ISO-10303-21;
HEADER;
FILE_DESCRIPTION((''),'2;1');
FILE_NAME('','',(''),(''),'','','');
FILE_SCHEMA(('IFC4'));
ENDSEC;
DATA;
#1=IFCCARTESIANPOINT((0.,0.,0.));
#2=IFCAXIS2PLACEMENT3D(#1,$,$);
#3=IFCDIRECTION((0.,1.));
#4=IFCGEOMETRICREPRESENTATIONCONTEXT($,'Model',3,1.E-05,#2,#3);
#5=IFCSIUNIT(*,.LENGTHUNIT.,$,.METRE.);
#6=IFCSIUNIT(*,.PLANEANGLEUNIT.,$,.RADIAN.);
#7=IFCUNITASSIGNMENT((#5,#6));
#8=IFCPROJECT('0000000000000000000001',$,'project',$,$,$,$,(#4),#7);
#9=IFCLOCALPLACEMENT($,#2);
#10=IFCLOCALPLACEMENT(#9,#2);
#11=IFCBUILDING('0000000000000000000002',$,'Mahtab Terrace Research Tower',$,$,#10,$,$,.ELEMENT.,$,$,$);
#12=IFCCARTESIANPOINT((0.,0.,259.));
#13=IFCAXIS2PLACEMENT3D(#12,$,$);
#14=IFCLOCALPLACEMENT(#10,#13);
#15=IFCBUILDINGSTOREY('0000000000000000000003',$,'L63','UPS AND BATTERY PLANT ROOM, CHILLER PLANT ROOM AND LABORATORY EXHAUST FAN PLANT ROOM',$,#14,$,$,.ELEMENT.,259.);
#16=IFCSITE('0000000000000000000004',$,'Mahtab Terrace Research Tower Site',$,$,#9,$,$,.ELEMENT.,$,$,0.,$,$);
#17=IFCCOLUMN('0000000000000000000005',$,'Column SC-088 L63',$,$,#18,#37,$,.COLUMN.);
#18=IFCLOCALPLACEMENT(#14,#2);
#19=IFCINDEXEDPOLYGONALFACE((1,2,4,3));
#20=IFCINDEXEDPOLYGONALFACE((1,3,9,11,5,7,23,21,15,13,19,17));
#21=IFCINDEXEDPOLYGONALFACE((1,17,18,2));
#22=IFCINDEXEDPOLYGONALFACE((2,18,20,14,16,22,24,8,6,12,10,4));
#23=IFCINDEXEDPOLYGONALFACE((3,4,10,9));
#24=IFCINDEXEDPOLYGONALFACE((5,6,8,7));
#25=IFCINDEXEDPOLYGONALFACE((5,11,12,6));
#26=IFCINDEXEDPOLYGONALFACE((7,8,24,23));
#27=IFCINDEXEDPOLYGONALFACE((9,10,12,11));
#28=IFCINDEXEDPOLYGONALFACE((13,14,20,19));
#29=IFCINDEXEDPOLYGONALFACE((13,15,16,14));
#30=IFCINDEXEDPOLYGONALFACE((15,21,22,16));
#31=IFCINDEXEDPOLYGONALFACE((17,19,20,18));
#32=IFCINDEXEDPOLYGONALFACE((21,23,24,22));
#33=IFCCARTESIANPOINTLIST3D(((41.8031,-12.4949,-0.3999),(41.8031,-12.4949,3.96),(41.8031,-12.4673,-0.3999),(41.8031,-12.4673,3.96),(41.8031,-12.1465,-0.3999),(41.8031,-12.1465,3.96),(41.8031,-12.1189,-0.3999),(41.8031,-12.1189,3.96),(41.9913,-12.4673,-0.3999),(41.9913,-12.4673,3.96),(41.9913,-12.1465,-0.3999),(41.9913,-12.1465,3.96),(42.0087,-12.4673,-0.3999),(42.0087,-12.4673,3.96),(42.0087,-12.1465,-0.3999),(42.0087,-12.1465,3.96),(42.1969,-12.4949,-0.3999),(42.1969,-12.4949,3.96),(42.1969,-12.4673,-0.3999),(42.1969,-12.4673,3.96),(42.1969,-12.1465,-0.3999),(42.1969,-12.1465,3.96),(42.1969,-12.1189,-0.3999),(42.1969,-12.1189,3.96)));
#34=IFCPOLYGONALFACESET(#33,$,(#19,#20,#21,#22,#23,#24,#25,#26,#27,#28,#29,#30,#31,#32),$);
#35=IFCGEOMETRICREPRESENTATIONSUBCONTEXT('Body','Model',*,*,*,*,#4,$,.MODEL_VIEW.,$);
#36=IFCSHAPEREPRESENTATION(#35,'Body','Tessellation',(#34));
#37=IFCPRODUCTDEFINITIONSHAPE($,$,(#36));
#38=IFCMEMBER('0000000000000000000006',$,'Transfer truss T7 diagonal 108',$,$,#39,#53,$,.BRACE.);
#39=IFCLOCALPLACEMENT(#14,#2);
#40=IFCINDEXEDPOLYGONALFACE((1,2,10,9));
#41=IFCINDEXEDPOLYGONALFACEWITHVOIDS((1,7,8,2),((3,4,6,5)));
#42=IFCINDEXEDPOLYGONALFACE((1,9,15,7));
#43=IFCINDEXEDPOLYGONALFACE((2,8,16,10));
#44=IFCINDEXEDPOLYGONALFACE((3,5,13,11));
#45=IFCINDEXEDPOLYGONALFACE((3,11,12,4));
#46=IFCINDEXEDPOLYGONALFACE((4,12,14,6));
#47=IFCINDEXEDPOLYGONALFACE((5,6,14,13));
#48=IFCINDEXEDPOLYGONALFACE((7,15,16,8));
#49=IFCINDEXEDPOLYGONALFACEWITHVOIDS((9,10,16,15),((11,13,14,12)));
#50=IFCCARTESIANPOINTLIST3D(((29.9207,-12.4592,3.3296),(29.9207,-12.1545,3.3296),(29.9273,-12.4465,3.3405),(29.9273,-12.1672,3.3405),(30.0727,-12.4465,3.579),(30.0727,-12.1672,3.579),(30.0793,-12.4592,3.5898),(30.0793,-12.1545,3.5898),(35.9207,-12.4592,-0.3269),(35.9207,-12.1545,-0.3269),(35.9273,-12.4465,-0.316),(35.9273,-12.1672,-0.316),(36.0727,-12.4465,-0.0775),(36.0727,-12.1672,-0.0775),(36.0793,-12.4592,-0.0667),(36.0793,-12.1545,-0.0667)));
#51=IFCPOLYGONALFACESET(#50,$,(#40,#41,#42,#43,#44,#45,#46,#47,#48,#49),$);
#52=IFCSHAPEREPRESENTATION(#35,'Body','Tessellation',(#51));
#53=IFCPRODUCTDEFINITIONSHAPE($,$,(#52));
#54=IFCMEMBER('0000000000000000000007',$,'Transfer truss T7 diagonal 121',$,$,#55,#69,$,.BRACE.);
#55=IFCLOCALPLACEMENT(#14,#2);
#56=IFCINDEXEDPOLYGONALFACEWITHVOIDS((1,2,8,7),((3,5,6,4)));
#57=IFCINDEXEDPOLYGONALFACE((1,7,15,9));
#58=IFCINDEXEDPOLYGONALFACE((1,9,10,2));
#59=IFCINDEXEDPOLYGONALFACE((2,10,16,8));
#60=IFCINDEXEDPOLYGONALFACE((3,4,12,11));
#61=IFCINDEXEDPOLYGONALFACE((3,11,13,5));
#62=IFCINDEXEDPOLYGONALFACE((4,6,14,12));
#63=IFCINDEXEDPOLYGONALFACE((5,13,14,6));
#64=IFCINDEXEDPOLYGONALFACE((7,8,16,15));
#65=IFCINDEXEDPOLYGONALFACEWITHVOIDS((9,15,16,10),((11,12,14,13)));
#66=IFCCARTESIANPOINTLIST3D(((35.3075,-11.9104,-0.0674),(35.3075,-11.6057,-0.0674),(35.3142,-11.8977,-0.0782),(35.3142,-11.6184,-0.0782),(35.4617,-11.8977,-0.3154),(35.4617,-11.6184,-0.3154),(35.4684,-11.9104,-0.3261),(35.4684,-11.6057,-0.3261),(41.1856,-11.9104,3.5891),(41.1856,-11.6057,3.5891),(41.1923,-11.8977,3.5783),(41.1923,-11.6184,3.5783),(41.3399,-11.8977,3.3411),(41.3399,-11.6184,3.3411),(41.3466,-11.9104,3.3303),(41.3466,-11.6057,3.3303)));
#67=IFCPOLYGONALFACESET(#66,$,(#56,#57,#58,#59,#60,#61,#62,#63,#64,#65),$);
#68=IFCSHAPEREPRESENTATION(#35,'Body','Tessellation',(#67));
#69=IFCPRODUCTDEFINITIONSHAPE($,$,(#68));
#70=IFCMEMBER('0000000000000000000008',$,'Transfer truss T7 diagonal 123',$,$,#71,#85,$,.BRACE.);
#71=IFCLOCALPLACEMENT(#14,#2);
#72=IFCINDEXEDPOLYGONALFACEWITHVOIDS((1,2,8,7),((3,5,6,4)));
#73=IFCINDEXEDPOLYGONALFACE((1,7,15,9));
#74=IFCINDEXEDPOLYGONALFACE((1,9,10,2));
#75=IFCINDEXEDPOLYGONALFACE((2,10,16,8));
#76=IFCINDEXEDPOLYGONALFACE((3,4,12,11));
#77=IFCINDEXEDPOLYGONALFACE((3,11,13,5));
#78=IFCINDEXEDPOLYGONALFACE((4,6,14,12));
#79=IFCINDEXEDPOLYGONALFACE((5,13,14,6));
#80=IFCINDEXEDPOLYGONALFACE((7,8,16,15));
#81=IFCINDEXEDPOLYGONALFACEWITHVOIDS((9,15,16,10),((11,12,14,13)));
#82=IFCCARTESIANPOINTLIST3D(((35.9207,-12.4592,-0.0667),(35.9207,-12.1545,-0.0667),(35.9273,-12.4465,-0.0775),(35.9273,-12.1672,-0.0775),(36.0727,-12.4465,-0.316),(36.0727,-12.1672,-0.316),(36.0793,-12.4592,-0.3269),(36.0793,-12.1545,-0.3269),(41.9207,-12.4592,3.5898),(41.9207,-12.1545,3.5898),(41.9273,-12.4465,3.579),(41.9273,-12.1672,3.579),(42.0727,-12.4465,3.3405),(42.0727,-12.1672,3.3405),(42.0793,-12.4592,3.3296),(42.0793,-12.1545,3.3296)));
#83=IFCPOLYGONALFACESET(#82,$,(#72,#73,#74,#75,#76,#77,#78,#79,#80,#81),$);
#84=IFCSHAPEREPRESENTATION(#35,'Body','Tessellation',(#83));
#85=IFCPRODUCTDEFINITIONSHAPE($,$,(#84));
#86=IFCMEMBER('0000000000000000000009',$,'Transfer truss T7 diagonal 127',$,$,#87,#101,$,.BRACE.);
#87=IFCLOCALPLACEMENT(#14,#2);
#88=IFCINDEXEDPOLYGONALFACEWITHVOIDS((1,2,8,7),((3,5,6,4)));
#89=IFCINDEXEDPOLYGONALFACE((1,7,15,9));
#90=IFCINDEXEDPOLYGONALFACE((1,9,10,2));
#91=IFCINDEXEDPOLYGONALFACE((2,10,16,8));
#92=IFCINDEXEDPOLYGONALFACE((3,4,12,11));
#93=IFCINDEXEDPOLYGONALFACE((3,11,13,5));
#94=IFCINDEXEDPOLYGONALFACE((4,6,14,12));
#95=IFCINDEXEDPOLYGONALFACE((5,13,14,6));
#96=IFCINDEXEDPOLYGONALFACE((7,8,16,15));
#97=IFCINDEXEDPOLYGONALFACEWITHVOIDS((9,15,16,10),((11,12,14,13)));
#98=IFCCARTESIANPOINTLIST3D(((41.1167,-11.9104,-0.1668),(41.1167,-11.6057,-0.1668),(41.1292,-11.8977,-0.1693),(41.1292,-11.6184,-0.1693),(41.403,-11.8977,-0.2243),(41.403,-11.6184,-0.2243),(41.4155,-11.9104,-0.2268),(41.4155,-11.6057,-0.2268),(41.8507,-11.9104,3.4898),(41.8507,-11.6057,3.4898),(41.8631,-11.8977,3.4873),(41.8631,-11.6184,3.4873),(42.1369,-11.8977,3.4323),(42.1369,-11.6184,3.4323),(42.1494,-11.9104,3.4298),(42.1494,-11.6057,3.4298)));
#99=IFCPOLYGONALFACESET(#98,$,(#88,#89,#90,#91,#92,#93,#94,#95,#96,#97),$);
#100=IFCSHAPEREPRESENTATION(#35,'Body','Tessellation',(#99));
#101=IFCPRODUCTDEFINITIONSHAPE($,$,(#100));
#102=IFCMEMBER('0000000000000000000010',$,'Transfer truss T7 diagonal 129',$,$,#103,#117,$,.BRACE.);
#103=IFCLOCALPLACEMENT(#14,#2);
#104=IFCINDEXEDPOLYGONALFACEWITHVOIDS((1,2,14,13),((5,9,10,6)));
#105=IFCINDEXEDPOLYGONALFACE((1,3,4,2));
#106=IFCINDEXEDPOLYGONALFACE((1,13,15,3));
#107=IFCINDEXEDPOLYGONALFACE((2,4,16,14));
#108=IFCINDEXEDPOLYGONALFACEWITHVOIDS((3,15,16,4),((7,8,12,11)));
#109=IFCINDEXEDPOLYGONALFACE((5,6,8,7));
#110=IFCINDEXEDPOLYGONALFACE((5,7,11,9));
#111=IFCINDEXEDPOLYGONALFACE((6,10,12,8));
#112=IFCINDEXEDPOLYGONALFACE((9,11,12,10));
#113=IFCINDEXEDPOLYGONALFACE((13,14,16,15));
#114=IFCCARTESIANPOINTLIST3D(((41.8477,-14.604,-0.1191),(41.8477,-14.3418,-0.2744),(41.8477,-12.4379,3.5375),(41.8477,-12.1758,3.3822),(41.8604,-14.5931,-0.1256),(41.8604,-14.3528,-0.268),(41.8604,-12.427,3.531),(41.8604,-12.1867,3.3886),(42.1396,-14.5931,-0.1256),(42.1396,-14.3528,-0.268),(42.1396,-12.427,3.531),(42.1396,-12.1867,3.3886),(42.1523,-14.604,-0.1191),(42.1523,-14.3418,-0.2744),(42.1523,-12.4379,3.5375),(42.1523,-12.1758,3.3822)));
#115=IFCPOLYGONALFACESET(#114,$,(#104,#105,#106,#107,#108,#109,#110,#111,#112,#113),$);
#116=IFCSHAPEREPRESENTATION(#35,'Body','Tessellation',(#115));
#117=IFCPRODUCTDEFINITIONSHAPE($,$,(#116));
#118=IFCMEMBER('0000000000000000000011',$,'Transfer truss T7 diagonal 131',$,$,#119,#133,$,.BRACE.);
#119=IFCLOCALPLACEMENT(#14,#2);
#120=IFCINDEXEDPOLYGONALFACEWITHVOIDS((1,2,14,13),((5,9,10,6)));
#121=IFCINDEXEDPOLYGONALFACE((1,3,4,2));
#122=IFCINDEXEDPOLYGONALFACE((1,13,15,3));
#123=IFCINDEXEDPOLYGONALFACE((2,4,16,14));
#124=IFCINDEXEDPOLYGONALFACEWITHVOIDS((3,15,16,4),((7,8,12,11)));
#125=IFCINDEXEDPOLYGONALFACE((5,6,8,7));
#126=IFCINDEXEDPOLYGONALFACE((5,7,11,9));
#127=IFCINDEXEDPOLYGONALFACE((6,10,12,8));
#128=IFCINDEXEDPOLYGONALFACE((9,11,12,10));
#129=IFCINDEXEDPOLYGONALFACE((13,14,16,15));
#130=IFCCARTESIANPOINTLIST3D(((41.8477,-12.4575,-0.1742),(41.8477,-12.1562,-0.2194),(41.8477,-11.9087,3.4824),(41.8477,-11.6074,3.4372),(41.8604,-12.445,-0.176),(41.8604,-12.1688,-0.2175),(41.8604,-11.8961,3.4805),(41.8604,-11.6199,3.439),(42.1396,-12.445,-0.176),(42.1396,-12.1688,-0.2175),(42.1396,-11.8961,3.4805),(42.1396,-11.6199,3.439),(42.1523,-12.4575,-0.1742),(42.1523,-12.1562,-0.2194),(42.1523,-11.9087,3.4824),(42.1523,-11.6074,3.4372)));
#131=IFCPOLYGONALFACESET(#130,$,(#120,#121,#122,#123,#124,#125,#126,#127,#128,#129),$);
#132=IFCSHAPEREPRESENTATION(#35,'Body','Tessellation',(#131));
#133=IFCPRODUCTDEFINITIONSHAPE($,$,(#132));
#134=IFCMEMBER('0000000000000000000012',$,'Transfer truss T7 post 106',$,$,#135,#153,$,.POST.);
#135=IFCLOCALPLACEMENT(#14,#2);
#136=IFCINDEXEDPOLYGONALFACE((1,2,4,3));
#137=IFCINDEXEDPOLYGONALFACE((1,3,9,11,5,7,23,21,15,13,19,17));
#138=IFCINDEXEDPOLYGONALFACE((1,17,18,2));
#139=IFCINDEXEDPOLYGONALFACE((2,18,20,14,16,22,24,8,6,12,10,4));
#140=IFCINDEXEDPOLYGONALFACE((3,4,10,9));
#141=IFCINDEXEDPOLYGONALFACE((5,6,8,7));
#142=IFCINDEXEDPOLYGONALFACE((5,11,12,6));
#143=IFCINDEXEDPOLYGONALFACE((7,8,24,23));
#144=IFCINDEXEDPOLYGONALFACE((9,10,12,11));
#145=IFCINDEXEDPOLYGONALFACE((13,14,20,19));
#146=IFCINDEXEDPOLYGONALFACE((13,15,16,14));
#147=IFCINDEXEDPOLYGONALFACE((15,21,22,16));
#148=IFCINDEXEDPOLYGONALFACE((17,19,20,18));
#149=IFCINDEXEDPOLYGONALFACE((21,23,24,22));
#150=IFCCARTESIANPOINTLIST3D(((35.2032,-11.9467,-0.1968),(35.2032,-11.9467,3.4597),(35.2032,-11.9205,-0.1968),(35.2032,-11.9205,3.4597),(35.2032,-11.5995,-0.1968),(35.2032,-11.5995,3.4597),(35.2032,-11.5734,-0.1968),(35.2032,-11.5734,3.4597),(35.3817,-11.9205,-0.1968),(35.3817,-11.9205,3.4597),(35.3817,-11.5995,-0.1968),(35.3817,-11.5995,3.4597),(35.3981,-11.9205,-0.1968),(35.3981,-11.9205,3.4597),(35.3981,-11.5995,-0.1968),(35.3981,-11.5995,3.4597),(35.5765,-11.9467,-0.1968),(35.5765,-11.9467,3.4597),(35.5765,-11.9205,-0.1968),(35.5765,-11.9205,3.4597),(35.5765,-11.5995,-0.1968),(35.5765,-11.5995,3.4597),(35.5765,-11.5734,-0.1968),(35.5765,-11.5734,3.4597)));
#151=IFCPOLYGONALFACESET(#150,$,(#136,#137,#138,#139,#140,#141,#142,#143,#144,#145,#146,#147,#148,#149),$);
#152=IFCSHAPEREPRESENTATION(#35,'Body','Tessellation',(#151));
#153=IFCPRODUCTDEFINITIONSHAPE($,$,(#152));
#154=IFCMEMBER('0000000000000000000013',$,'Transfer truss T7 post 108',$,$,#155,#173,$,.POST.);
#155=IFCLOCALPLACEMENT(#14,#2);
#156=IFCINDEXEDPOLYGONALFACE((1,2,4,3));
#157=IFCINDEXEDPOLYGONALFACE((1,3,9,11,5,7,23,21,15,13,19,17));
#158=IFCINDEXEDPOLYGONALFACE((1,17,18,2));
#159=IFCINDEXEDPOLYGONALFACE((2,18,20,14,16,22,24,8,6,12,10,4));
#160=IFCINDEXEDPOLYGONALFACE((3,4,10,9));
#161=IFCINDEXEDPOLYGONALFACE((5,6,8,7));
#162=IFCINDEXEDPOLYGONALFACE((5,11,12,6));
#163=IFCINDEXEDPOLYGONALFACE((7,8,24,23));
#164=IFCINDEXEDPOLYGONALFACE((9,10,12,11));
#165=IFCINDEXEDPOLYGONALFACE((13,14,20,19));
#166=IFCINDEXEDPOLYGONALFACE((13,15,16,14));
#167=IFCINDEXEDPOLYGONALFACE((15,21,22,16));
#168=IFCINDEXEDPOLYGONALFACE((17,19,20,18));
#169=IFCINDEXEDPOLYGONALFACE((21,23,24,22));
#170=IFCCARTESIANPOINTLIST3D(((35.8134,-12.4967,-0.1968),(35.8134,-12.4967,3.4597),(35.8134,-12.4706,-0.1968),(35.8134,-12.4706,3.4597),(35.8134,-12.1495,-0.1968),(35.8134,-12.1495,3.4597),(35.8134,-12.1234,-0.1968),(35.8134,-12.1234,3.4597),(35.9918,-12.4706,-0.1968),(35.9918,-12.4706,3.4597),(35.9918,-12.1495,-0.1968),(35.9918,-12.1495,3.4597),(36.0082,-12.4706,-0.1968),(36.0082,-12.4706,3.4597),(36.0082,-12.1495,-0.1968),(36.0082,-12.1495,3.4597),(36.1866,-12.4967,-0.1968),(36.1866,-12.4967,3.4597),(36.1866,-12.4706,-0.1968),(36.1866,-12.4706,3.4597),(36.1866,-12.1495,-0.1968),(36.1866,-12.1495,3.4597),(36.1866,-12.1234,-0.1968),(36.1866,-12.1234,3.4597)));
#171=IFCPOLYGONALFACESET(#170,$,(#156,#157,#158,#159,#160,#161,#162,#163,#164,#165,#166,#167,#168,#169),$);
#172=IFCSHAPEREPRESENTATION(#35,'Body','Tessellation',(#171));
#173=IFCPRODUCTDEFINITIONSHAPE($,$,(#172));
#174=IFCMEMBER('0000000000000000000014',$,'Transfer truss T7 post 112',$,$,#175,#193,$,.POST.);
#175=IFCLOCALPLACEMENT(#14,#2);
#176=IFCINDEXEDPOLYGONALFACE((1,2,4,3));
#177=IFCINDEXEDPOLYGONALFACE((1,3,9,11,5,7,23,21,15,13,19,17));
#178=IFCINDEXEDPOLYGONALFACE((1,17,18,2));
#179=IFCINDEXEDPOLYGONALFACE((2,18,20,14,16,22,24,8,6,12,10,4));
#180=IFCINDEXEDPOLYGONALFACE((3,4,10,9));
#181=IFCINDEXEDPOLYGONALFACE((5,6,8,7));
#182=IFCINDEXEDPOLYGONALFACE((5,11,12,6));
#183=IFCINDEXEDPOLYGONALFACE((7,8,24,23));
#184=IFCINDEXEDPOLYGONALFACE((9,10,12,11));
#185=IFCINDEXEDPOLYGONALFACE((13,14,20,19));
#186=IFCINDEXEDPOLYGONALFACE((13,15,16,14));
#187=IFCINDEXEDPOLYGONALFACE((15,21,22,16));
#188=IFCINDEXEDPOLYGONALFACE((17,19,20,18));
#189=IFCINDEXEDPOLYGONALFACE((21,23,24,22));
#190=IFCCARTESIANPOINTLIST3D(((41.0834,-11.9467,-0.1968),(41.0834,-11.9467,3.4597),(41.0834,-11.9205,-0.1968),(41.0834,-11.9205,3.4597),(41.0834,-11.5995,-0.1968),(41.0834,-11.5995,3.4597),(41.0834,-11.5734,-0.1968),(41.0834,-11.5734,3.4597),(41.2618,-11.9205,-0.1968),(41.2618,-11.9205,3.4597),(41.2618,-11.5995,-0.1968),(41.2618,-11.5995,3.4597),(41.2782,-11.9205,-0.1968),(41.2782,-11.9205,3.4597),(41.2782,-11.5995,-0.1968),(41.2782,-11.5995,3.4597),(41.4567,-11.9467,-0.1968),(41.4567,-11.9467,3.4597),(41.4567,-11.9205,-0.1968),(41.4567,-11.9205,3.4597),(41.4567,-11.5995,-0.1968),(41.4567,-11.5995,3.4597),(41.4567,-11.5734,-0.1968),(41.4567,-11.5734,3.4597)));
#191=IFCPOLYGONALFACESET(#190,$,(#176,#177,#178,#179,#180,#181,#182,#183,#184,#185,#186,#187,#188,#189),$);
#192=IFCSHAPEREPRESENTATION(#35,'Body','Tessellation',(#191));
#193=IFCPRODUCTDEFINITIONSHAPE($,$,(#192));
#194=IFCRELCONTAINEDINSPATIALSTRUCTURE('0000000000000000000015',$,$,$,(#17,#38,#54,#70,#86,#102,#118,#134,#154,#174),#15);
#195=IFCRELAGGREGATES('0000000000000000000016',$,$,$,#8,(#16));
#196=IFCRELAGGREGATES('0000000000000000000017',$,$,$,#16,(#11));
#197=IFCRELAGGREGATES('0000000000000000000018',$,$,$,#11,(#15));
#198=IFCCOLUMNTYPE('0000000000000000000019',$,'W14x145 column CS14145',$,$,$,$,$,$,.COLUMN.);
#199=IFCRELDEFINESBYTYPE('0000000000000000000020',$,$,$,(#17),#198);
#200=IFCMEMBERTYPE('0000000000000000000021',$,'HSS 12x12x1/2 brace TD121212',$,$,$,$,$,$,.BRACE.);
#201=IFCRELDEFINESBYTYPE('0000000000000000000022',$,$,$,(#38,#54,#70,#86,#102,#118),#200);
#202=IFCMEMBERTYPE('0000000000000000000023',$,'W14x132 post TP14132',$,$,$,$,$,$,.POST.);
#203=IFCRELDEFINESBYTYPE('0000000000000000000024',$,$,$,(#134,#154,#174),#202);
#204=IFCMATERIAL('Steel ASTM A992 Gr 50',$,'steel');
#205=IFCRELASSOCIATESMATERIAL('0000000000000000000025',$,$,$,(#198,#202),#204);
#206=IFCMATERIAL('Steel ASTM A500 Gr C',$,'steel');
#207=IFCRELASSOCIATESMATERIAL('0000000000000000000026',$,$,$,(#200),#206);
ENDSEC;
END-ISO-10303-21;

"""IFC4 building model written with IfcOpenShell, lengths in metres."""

from ifc_helpers import new_model, si_unit, direction, frame, origin, origin_2d, place, context, subcontext, project, spatial, hollow_rectangle, i_section, extrude, material, material_profile, profile_set, type_object, element, save


model = new_model("IFC4")

# Units and contexts
model_context = context("Model", 3, precision=1e-05, world=origin(), true_north=direction((0.0, 1.0)))
body_context = subcontext(model_context, "Body", "Model", "MODEL_VIEW")
ifc_project = project(units=[si_unit("LENGTHUNIT", "METRE"), si_unit("PLANEANGLEUNIT", "RADIAN")], contexts=[model_context])

# Site, building, storey
site_placement = place(None, origin())
site = spatial("IfcSite", under=ifc_project, at=site_placement, Name="Mahtab Terrace Research Tower Site", CompositionType="ELEMENT", RefElevation=0.0)
building_placement = place(site_placement, origin())
building = spatial("IfcBuilding", under=site, at=building_placement, Name="Mahtab Terrace Research Tower", CompositionType="ELEMENT")
storey_placement = place(building_placement, frame((0.0, 0.0, 259.0)))
storey = spatial("IfcBuildingStorey", under=building, at=storey_placement, Name="L63", Description="UPS AND BATTERY PLANT ROOM, CHILLER PLANT ROOM AND LABORATORY EXHAUST FAN PLANT ROOM", CompositionType="ELEMENT", Elevation=259.0)

# Column
ifc_material_1 = material(Name="Steel ASTM A992 Gr 50", Category="steel")
ifc_material_profile_1 = material_profile(ifc_material_1, i_section(OverallWidth=0.3938, OverallDepth=0.376, WebThickness=0.0173, FlangeThickness=0.0276, at=origin_2d()), Name="W14X145")
ifc_profile_set_1 = profile_set([ifc_material_profile_1], Name="Steel ASTM A992 Gr 50")
column_type = type_object("IfcColumnType", Name="W14x145 column CS14145", PredefinedType="COLUMN", material=ifc_profile_set_1)
column_placement = place(storey_placement, frame((42.0, -12.3069, -0.3999), z_axis=(0.0, 0.0, 1.0), x_axis=(1.0, 0.0, 0.0)))
element("IfcColumn", 1, at=column_placement, inside=storey, type_object=column_type, Name="Column SC-088 L63", PredefinedType="COLUMN", context=body_context, shape_type="SweptSolid", body=[
    extrude(i_section(OverallWidth=0.3938, OverallDepth=0.376, WebThickness=0.0173, FlangeThickness=0.0276, at=origin_2d()), origin(), (0.0, 0.0, 1.0), 4.3599),
])

# Members
ifc_material_2 = material(Name="Steel ASTM A500 Gr C", Category="steel")
ifc_material_profile_2 = material_profile(ifc_material_2, hollow_rectangle(XDim=0.3047, YDim=0.3047, WallThickness=0.0127, at=origin_2d()), Name="HSS12X12X1/2")
ifc_profile_set_2 = profile_set([ifc_material_profile_2], Name="Steel ASTM A500 Gr C")
member_type_1 = type_object("IfcMemberType", Name="HSS 12x12x1/2 brace TD121212", PredefinedType="BRACE", material=ifc_profile_set_2)
member_1_placement = place(storey_placement, frame((36.0, -12.3069, -0.1968), z_axis=(-0.853925, 0.0, 0.520396), x_axis=(0.0, -1.0, 0.0)))
element("IfcMember", 2, at=member_1_placement, inside=storey, type_object=member_type_1, Name="Transfer truss T7 diagonal 108", PredefinedType="BRACE", context=body_context, shape_type="SweptSolid", body=[
    extrude(hollow_rectangle(XDim=0.3047, YDim=0.3047, WallThickness=0.0127, at=origin_2d()), origin(), (0.0, 0.0, 1.0), 7.0264),
])
member_2_placement = place(storey_placement, frame((35.3879, -11.7581, -0.1968), z_axis=(0.849124, 0.0, 0.528194), x_axis=(0.0, 1.0, 0.0)))
element("IfcMember", 3, at=member_2_placement, inside=storey, type_object=member_type_1, Name="Transfer truss T7 diagonal 121", PredefinedType="BRACE", context=body_context, shape_type="SweptSolid", body=[
    extrude(hollow_rectangle(XDim=0.3047, YDim=0.3047, WallThickness=0.0127, at=origin_2d()), origin(), (0.0, 0.0, 1.0), 6.9226),
])
member_3_placement = place(storey_placement, frame((36.0, -12.3069, -0.1968), z_axis=(0.853925, 0.0, 0.520396), x_axis=(0.0, 1.0, 0.0)))
element("IfcMember", 4, at=member_3_placement, inside=storey, type_object=member_type_1, Name="Transfer truss T7 diagonal 123", PredefinedType="BRACE", context=body_context, shape_type="SweptSolid", body=[
    extrude(hollow_rectangle(XDim=0.3047, YDim=0.3047, WallThickness=0.0127, at=origin_2d()), origin(), (0.0, 0.0, 1.0), 7.0264),
])
member_4_placement = place(storey_placement, frame((41.2661, -11.7581, -0.1968), z_axis=(0.196783, 0.0, 0.980447), x_axis=(0.0, 1.0, 0.0)))
element("IfcMember", 5, at=member_4_placement, inside=storey, type_object=member_type_1, Name="Transfer truss T7 diagonal 127", PredefinedType="BRACE", context=body_context, shape_type="SweptSolid", body=[
    extrude(hollow_rectangle(XDim=0.3047, YDim=0.3047, WallThickness=0.0127, at=origin_2d()), origin(), (0.0, 0.0, 1.0), 3.7295),
])
member_5_placement = place(storey_placement, frame((42.0, -14.4729, -0.1968), z_axis=(0.0, 0.509664, 0.860374), x_axis=(-1.0, 0.0, 0.0)))
element("IfcMember", 6, at=member_5_placement, inside=storey, type_object=member_type_1, Name="Transfer truss T7 diagonal 129", PredefinedType="BRACE", context=body_context, shape_type="SweptSolid", body=[
    extrude(hollow_rectangle(XDim=0.3047, YDim=0.3047, WallThickness=0.0127, at=origin_2d()), origin(), (0.0, 0.0, 1.0), 4.25),
])
member_6_placement = place(storey_placement, frame((42.0, -12.3069, -0.1968), z_axis=(0.0, 0.148434, 0.988922), x_axis=(-1.0, 0.0, 0.0)))
element("IfcMember", 7, at=member_6_placement, inside=storey, type_object=member_type_1, Name="Transfer truss T7 diagonal 131", PredefinedType="BRACE", context=body_context, shape_type="SweptSolid", body=[
    extrude(hollow_rectangle(XDim=0.3047, YDim=0.3047, WallThickness=0.0127, at=origin_2d()), origin(), (0.0, 0.0, 1.0), 3.6975),
])
ifc_material_profile_3 = material_profile(ifc_material_1, i_section(OverallWidth=0.3733, OverallDepth=0.3733, WebThickness=0.0164, FlangeThickness=0.0261, at=origin_2d()), Name="W14X132")
ifc_profile_set_3 = profile_set([ifc_material_profile_3], Name="Steel ASTM A992 Gr 50")
member_type_2 = type_object("IfcMemberType", Name="W14x132 post TP14132", PredefinedType="POST", material=ifc_profile_set_3)
for number, where, z_axis, x_axis, name in (
    (8, (35.3899, -11.76, -0.1968), (0.0, 0.0, 1.0), (1.0, 0.0, 0.0), "Transfer truss T7 post 106"),
    (9, (36.0, -12.3101, -0.1968), (0.0, 0.0, 1.0), (1.0, 0.0, 0.0), "Transfer truss T7 post 108"),
    (10, (41.27, -11.76, -0.1968), (0.0, 0.0, 1.0), (1.0, 0.0, 0.0), "Transfer truss T7 post 112"),
):
    element("IfcMember", number, at=place(storey_placement, frame(where, z_axis=z_axis, x_axis=x_axis)), inside=storey, type_object=member_type_2, Name=name, PredefinedType="POST", context=body_context, shape_type="SweptSolid", body=[
        extrude(i_section(OverallWidth=0.3733, OverallDepth=0.3733, WebThickness=0.0164, FlangeThickness=0.0261, at=origin_2d()), origin(), (0.0, 0.0, 1.0), 3.6565),
    ])

save(model, "model.ifc")
